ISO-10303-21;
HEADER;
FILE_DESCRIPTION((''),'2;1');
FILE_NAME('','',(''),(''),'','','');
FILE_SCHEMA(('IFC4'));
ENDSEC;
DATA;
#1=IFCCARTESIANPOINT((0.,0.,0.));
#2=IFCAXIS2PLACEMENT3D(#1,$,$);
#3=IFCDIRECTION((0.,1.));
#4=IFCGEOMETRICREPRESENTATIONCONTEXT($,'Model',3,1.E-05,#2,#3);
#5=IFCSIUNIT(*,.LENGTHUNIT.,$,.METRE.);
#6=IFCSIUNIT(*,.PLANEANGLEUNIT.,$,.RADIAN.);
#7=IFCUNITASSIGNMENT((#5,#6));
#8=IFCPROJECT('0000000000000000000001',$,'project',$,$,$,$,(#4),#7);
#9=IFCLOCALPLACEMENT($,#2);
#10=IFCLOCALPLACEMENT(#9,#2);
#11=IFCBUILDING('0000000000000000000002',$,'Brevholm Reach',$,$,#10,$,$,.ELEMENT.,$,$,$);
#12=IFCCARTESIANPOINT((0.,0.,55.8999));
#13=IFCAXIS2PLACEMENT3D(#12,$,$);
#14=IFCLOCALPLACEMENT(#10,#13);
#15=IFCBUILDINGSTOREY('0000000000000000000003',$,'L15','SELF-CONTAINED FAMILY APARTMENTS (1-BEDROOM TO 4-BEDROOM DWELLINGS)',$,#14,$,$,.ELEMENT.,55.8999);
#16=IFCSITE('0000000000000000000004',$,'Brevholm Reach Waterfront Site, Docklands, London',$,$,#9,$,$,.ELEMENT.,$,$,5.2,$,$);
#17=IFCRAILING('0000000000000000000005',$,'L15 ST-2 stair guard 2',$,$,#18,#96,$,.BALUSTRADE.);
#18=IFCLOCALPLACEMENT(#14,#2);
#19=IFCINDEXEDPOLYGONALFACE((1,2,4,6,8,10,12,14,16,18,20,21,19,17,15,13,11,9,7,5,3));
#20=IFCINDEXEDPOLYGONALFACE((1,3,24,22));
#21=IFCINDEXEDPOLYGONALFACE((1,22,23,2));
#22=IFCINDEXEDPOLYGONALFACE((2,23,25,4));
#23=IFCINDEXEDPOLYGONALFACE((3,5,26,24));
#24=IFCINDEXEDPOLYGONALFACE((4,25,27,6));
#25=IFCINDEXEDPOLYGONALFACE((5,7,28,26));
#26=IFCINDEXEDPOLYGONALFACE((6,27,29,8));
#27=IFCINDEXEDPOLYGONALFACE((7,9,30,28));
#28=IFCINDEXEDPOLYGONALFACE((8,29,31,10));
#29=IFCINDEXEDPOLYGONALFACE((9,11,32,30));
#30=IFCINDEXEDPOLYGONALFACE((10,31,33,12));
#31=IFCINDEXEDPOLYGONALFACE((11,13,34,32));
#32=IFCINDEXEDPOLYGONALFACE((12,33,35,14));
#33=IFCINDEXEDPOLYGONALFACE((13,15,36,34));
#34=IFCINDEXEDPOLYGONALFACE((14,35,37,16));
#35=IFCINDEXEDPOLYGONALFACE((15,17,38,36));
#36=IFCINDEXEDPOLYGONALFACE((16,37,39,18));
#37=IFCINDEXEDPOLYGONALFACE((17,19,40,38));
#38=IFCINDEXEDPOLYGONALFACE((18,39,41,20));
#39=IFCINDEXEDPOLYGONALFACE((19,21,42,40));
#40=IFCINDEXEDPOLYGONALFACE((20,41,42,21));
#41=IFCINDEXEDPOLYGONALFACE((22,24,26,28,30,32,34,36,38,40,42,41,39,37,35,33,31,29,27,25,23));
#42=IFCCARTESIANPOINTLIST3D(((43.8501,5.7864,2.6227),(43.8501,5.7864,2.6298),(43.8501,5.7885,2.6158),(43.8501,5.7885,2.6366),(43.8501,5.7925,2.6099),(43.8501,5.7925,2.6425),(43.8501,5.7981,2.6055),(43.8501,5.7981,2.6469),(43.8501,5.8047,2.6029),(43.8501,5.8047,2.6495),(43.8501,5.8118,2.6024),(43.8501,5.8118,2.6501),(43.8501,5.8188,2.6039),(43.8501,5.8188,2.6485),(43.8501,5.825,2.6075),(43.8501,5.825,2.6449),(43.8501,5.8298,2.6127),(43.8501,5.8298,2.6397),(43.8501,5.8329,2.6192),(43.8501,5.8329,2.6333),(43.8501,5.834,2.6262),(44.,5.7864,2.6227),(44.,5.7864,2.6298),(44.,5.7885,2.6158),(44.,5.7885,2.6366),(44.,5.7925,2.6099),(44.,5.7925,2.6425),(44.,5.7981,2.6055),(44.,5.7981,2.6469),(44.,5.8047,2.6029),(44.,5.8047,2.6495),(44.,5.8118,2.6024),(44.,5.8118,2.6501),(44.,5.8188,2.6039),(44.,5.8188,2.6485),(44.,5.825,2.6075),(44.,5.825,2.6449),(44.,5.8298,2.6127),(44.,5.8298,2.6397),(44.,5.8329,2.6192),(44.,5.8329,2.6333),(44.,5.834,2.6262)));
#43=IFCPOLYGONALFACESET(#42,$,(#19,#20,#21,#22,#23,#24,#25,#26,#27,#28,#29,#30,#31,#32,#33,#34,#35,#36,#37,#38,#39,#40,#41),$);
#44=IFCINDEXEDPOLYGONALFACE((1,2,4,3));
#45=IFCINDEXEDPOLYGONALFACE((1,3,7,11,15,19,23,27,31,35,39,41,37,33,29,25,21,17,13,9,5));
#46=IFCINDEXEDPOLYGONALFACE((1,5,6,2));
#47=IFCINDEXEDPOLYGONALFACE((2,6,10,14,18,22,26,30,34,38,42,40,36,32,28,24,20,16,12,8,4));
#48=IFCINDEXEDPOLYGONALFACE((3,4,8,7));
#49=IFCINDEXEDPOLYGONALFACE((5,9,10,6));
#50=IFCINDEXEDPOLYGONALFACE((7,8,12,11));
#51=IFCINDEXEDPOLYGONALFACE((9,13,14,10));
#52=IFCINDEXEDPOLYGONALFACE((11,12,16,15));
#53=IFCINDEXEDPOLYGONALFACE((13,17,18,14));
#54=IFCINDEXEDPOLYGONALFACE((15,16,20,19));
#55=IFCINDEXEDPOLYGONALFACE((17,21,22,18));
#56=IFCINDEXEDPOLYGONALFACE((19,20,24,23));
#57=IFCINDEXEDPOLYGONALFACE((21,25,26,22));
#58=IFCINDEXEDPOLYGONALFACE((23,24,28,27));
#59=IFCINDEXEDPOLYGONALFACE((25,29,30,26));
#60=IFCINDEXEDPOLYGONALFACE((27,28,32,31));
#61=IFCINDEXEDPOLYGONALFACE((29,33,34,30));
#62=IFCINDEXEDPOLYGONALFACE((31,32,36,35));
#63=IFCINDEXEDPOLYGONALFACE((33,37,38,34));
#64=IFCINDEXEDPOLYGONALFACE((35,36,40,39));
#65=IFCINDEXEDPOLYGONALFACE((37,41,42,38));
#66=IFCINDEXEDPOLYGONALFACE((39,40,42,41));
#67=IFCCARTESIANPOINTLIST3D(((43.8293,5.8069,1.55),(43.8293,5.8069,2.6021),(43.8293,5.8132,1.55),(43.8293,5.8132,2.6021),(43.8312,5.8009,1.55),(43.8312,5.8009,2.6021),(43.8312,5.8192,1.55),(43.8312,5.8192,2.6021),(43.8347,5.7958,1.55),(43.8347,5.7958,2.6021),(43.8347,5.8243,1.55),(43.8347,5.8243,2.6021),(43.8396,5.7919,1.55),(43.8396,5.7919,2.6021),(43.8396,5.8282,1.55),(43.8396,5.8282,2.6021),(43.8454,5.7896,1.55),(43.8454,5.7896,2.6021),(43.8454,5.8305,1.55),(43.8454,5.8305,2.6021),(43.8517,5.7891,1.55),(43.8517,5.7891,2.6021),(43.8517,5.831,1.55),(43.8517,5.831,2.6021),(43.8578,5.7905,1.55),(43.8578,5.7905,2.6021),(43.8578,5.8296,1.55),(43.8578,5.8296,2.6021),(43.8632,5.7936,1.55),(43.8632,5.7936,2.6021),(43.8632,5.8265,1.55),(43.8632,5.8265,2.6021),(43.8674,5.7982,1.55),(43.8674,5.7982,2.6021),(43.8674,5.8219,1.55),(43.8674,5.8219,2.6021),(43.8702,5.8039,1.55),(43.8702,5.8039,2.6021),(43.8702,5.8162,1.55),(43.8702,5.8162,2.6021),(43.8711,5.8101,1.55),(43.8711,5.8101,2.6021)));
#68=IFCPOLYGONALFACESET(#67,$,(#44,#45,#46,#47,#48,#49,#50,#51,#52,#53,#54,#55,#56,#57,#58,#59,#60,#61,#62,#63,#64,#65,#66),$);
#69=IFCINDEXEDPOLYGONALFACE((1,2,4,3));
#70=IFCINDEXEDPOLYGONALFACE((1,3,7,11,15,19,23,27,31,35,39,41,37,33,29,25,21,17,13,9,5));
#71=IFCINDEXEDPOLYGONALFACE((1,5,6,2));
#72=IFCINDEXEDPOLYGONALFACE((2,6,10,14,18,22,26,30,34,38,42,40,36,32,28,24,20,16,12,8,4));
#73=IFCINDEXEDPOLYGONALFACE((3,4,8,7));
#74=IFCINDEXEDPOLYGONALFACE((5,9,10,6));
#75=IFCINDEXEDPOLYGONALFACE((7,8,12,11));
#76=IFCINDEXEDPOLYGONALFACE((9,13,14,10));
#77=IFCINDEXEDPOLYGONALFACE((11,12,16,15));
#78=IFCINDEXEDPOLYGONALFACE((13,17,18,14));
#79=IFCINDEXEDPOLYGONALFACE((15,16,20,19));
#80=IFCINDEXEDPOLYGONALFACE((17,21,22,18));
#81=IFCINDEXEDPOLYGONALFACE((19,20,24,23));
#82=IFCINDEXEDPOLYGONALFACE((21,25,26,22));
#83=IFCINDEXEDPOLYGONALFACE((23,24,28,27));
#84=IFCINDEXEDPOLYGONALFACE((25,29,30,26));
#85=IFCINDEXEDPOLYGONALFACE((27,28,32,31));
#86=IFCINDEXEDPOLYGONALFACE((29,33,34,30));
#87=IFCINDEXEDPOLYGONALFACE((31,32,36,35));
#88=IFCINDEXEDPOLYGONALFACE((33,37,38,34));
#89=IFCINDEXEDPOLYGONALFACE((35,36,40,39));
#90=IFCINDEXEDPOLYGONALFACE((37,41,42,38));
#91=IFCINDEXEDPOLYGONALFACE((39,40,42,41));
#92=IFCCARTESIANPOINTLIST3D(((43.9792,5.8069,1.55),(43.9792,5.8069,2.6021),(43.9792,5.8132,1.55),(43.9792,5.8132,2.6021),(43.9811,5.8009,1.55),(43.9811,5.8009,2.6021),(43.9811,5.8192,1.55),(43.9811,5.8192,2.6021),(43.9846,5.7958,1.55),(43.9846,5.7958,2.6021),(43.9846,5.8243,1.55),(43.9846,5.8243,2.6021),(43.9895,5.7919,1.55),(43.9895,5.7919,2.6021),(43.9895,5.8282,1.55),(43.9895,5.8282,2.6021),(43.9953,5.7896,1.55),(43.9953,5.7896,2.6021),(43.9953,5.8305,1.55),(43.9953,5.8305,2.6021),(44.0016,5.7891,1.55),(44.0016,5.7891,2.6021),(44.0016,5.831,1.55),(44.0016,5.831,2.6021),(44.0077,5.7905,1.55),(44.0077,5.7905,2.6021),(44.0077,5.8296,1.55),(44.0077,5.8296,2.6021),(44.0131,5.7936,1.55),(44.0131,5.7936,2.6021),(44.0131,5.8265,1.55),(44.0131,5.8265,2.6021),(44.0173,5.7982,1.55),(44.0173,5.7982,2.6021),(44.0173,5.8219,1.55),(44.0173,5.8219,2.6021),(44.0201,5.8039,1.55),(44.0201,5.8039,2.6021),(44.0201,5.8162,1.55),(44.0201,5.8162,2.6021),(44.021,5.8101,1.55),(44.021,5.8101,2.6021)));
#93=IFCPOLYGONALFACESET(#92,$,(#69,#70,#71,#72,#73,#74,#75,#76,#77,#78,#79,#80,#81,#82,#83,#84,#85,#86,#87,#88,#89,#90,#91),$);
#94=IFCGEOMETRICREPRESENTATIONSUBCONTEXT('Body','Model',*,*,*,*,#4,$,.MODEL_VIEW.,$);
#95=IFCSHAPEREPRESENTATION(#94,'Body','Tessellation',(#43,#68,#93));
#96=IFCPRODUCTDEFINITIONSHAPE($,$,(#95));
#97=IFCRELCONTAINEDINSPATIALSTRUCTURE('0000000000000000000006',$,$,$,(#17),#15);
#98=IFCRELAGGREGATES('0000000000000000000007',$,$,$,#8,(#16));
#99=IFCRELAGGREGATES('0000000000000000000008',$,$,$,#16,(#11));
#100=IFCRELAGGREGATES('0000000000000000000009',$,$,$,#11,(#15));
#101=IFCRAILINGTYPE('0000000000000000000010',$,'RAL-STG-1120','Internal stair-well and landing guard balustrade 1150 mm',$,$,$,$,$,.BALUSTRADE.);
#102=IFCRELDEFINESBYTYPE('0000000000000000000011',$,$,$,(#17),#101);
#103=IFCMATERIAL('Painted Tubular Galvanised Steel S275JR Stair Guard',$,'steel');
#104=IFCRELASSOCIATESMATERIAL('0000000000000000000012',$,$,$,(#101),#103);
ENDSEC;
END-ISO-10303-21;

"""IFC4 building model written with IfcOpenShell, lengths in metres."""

from ifc_helpers import new_model, si_unit, direction, frame, origin, origin_2d, place, context, subcontext, project, spatial, circle, extrude, material, type_object, element, save


model = new_model("IFC4")

# Units and contexts
model_context = context("Model", 3, precision=1e-05, world=origin(), true_north=direction((0.0, 1.0)))
body_context = subcontext(model_context, "Body", "Model", "MODEL_VIEW")
ifc_project = project(units=[si_unit("LENGTHUNIT", "METRE"), si_unit("PLANEANGLEUNIT", "RADIAN")], contexts=[model_context])

# Site, building, storey
site_placement = place(None, origin())
site = spatial("IfcSite", under=ifc_project, at=site_placement, Name="Brevholm Reach Waterfront Site, Docklands, London", CompositionType="ELEMENT", RefElevation=5.2)
building_placement = place(site_placement, origin())
building = spatial("IfcBuilding", under=site, at=building_placement, Name="Brevholm Reach", CompositionType="ELEMENT")
storey_placement = place(building_placement, frame((0.0, 0.0, 55.8999)))
storey = spatial("IfcBuildingStorey", under=building, at=storey_placement, Name="L15", Description="SELF-CONTAINED FAMILY APARTMENTS (1-BEDROOM TO 4-BEDROOM DWELLINGS)", CompositionType="ELEMENT", Elevation=55.8999)

# Railing
ifc_material_1 = material(Name="Painted Tubular Galvanised Steel S275JR Stair Guard", Category="steel")
railing_type_1 = type_object("IfcRailingType", Name="RAL-STG-1120", Description="Internal stair-well and landing guard balustrade 1150 mm", PredefinedType="BALUSTRADE", material=ifc_material_1)
railing_1_placement = place(storey_placement, frame((43.8501, 5.8101, 1.55)))
element("IfcRailing", 1, at=railing_1_placement, inside=storey, type_object=railing_type_1, Name="L15 ST-2 stair guard 2", PredefinedType="BALUSTRADE", context=body_context, shape_type="SweptSolid", body=[
    extrude(circle(Radius=0.0239, at=origin_2d()), frame((0.0, 0.0, 1.0762), z_axis=(1.0, 0.0, 0.0), x_axis=(0.0, 1.0, 0.0)), (0.0, 0.0, 1.0), 0.1499),
    extrude(circle(Radius=0.021, at=origin_2d()), origin(), (0.0, 0.0, 1.0), 1.052),
    extrude(circle(Radius=0.021, at=origin_2d()), frame((0.1499, 0.0, 0.0)), (0.0, 0.0, 1.0), 1.052),
])

save(model, "model.ifc")
